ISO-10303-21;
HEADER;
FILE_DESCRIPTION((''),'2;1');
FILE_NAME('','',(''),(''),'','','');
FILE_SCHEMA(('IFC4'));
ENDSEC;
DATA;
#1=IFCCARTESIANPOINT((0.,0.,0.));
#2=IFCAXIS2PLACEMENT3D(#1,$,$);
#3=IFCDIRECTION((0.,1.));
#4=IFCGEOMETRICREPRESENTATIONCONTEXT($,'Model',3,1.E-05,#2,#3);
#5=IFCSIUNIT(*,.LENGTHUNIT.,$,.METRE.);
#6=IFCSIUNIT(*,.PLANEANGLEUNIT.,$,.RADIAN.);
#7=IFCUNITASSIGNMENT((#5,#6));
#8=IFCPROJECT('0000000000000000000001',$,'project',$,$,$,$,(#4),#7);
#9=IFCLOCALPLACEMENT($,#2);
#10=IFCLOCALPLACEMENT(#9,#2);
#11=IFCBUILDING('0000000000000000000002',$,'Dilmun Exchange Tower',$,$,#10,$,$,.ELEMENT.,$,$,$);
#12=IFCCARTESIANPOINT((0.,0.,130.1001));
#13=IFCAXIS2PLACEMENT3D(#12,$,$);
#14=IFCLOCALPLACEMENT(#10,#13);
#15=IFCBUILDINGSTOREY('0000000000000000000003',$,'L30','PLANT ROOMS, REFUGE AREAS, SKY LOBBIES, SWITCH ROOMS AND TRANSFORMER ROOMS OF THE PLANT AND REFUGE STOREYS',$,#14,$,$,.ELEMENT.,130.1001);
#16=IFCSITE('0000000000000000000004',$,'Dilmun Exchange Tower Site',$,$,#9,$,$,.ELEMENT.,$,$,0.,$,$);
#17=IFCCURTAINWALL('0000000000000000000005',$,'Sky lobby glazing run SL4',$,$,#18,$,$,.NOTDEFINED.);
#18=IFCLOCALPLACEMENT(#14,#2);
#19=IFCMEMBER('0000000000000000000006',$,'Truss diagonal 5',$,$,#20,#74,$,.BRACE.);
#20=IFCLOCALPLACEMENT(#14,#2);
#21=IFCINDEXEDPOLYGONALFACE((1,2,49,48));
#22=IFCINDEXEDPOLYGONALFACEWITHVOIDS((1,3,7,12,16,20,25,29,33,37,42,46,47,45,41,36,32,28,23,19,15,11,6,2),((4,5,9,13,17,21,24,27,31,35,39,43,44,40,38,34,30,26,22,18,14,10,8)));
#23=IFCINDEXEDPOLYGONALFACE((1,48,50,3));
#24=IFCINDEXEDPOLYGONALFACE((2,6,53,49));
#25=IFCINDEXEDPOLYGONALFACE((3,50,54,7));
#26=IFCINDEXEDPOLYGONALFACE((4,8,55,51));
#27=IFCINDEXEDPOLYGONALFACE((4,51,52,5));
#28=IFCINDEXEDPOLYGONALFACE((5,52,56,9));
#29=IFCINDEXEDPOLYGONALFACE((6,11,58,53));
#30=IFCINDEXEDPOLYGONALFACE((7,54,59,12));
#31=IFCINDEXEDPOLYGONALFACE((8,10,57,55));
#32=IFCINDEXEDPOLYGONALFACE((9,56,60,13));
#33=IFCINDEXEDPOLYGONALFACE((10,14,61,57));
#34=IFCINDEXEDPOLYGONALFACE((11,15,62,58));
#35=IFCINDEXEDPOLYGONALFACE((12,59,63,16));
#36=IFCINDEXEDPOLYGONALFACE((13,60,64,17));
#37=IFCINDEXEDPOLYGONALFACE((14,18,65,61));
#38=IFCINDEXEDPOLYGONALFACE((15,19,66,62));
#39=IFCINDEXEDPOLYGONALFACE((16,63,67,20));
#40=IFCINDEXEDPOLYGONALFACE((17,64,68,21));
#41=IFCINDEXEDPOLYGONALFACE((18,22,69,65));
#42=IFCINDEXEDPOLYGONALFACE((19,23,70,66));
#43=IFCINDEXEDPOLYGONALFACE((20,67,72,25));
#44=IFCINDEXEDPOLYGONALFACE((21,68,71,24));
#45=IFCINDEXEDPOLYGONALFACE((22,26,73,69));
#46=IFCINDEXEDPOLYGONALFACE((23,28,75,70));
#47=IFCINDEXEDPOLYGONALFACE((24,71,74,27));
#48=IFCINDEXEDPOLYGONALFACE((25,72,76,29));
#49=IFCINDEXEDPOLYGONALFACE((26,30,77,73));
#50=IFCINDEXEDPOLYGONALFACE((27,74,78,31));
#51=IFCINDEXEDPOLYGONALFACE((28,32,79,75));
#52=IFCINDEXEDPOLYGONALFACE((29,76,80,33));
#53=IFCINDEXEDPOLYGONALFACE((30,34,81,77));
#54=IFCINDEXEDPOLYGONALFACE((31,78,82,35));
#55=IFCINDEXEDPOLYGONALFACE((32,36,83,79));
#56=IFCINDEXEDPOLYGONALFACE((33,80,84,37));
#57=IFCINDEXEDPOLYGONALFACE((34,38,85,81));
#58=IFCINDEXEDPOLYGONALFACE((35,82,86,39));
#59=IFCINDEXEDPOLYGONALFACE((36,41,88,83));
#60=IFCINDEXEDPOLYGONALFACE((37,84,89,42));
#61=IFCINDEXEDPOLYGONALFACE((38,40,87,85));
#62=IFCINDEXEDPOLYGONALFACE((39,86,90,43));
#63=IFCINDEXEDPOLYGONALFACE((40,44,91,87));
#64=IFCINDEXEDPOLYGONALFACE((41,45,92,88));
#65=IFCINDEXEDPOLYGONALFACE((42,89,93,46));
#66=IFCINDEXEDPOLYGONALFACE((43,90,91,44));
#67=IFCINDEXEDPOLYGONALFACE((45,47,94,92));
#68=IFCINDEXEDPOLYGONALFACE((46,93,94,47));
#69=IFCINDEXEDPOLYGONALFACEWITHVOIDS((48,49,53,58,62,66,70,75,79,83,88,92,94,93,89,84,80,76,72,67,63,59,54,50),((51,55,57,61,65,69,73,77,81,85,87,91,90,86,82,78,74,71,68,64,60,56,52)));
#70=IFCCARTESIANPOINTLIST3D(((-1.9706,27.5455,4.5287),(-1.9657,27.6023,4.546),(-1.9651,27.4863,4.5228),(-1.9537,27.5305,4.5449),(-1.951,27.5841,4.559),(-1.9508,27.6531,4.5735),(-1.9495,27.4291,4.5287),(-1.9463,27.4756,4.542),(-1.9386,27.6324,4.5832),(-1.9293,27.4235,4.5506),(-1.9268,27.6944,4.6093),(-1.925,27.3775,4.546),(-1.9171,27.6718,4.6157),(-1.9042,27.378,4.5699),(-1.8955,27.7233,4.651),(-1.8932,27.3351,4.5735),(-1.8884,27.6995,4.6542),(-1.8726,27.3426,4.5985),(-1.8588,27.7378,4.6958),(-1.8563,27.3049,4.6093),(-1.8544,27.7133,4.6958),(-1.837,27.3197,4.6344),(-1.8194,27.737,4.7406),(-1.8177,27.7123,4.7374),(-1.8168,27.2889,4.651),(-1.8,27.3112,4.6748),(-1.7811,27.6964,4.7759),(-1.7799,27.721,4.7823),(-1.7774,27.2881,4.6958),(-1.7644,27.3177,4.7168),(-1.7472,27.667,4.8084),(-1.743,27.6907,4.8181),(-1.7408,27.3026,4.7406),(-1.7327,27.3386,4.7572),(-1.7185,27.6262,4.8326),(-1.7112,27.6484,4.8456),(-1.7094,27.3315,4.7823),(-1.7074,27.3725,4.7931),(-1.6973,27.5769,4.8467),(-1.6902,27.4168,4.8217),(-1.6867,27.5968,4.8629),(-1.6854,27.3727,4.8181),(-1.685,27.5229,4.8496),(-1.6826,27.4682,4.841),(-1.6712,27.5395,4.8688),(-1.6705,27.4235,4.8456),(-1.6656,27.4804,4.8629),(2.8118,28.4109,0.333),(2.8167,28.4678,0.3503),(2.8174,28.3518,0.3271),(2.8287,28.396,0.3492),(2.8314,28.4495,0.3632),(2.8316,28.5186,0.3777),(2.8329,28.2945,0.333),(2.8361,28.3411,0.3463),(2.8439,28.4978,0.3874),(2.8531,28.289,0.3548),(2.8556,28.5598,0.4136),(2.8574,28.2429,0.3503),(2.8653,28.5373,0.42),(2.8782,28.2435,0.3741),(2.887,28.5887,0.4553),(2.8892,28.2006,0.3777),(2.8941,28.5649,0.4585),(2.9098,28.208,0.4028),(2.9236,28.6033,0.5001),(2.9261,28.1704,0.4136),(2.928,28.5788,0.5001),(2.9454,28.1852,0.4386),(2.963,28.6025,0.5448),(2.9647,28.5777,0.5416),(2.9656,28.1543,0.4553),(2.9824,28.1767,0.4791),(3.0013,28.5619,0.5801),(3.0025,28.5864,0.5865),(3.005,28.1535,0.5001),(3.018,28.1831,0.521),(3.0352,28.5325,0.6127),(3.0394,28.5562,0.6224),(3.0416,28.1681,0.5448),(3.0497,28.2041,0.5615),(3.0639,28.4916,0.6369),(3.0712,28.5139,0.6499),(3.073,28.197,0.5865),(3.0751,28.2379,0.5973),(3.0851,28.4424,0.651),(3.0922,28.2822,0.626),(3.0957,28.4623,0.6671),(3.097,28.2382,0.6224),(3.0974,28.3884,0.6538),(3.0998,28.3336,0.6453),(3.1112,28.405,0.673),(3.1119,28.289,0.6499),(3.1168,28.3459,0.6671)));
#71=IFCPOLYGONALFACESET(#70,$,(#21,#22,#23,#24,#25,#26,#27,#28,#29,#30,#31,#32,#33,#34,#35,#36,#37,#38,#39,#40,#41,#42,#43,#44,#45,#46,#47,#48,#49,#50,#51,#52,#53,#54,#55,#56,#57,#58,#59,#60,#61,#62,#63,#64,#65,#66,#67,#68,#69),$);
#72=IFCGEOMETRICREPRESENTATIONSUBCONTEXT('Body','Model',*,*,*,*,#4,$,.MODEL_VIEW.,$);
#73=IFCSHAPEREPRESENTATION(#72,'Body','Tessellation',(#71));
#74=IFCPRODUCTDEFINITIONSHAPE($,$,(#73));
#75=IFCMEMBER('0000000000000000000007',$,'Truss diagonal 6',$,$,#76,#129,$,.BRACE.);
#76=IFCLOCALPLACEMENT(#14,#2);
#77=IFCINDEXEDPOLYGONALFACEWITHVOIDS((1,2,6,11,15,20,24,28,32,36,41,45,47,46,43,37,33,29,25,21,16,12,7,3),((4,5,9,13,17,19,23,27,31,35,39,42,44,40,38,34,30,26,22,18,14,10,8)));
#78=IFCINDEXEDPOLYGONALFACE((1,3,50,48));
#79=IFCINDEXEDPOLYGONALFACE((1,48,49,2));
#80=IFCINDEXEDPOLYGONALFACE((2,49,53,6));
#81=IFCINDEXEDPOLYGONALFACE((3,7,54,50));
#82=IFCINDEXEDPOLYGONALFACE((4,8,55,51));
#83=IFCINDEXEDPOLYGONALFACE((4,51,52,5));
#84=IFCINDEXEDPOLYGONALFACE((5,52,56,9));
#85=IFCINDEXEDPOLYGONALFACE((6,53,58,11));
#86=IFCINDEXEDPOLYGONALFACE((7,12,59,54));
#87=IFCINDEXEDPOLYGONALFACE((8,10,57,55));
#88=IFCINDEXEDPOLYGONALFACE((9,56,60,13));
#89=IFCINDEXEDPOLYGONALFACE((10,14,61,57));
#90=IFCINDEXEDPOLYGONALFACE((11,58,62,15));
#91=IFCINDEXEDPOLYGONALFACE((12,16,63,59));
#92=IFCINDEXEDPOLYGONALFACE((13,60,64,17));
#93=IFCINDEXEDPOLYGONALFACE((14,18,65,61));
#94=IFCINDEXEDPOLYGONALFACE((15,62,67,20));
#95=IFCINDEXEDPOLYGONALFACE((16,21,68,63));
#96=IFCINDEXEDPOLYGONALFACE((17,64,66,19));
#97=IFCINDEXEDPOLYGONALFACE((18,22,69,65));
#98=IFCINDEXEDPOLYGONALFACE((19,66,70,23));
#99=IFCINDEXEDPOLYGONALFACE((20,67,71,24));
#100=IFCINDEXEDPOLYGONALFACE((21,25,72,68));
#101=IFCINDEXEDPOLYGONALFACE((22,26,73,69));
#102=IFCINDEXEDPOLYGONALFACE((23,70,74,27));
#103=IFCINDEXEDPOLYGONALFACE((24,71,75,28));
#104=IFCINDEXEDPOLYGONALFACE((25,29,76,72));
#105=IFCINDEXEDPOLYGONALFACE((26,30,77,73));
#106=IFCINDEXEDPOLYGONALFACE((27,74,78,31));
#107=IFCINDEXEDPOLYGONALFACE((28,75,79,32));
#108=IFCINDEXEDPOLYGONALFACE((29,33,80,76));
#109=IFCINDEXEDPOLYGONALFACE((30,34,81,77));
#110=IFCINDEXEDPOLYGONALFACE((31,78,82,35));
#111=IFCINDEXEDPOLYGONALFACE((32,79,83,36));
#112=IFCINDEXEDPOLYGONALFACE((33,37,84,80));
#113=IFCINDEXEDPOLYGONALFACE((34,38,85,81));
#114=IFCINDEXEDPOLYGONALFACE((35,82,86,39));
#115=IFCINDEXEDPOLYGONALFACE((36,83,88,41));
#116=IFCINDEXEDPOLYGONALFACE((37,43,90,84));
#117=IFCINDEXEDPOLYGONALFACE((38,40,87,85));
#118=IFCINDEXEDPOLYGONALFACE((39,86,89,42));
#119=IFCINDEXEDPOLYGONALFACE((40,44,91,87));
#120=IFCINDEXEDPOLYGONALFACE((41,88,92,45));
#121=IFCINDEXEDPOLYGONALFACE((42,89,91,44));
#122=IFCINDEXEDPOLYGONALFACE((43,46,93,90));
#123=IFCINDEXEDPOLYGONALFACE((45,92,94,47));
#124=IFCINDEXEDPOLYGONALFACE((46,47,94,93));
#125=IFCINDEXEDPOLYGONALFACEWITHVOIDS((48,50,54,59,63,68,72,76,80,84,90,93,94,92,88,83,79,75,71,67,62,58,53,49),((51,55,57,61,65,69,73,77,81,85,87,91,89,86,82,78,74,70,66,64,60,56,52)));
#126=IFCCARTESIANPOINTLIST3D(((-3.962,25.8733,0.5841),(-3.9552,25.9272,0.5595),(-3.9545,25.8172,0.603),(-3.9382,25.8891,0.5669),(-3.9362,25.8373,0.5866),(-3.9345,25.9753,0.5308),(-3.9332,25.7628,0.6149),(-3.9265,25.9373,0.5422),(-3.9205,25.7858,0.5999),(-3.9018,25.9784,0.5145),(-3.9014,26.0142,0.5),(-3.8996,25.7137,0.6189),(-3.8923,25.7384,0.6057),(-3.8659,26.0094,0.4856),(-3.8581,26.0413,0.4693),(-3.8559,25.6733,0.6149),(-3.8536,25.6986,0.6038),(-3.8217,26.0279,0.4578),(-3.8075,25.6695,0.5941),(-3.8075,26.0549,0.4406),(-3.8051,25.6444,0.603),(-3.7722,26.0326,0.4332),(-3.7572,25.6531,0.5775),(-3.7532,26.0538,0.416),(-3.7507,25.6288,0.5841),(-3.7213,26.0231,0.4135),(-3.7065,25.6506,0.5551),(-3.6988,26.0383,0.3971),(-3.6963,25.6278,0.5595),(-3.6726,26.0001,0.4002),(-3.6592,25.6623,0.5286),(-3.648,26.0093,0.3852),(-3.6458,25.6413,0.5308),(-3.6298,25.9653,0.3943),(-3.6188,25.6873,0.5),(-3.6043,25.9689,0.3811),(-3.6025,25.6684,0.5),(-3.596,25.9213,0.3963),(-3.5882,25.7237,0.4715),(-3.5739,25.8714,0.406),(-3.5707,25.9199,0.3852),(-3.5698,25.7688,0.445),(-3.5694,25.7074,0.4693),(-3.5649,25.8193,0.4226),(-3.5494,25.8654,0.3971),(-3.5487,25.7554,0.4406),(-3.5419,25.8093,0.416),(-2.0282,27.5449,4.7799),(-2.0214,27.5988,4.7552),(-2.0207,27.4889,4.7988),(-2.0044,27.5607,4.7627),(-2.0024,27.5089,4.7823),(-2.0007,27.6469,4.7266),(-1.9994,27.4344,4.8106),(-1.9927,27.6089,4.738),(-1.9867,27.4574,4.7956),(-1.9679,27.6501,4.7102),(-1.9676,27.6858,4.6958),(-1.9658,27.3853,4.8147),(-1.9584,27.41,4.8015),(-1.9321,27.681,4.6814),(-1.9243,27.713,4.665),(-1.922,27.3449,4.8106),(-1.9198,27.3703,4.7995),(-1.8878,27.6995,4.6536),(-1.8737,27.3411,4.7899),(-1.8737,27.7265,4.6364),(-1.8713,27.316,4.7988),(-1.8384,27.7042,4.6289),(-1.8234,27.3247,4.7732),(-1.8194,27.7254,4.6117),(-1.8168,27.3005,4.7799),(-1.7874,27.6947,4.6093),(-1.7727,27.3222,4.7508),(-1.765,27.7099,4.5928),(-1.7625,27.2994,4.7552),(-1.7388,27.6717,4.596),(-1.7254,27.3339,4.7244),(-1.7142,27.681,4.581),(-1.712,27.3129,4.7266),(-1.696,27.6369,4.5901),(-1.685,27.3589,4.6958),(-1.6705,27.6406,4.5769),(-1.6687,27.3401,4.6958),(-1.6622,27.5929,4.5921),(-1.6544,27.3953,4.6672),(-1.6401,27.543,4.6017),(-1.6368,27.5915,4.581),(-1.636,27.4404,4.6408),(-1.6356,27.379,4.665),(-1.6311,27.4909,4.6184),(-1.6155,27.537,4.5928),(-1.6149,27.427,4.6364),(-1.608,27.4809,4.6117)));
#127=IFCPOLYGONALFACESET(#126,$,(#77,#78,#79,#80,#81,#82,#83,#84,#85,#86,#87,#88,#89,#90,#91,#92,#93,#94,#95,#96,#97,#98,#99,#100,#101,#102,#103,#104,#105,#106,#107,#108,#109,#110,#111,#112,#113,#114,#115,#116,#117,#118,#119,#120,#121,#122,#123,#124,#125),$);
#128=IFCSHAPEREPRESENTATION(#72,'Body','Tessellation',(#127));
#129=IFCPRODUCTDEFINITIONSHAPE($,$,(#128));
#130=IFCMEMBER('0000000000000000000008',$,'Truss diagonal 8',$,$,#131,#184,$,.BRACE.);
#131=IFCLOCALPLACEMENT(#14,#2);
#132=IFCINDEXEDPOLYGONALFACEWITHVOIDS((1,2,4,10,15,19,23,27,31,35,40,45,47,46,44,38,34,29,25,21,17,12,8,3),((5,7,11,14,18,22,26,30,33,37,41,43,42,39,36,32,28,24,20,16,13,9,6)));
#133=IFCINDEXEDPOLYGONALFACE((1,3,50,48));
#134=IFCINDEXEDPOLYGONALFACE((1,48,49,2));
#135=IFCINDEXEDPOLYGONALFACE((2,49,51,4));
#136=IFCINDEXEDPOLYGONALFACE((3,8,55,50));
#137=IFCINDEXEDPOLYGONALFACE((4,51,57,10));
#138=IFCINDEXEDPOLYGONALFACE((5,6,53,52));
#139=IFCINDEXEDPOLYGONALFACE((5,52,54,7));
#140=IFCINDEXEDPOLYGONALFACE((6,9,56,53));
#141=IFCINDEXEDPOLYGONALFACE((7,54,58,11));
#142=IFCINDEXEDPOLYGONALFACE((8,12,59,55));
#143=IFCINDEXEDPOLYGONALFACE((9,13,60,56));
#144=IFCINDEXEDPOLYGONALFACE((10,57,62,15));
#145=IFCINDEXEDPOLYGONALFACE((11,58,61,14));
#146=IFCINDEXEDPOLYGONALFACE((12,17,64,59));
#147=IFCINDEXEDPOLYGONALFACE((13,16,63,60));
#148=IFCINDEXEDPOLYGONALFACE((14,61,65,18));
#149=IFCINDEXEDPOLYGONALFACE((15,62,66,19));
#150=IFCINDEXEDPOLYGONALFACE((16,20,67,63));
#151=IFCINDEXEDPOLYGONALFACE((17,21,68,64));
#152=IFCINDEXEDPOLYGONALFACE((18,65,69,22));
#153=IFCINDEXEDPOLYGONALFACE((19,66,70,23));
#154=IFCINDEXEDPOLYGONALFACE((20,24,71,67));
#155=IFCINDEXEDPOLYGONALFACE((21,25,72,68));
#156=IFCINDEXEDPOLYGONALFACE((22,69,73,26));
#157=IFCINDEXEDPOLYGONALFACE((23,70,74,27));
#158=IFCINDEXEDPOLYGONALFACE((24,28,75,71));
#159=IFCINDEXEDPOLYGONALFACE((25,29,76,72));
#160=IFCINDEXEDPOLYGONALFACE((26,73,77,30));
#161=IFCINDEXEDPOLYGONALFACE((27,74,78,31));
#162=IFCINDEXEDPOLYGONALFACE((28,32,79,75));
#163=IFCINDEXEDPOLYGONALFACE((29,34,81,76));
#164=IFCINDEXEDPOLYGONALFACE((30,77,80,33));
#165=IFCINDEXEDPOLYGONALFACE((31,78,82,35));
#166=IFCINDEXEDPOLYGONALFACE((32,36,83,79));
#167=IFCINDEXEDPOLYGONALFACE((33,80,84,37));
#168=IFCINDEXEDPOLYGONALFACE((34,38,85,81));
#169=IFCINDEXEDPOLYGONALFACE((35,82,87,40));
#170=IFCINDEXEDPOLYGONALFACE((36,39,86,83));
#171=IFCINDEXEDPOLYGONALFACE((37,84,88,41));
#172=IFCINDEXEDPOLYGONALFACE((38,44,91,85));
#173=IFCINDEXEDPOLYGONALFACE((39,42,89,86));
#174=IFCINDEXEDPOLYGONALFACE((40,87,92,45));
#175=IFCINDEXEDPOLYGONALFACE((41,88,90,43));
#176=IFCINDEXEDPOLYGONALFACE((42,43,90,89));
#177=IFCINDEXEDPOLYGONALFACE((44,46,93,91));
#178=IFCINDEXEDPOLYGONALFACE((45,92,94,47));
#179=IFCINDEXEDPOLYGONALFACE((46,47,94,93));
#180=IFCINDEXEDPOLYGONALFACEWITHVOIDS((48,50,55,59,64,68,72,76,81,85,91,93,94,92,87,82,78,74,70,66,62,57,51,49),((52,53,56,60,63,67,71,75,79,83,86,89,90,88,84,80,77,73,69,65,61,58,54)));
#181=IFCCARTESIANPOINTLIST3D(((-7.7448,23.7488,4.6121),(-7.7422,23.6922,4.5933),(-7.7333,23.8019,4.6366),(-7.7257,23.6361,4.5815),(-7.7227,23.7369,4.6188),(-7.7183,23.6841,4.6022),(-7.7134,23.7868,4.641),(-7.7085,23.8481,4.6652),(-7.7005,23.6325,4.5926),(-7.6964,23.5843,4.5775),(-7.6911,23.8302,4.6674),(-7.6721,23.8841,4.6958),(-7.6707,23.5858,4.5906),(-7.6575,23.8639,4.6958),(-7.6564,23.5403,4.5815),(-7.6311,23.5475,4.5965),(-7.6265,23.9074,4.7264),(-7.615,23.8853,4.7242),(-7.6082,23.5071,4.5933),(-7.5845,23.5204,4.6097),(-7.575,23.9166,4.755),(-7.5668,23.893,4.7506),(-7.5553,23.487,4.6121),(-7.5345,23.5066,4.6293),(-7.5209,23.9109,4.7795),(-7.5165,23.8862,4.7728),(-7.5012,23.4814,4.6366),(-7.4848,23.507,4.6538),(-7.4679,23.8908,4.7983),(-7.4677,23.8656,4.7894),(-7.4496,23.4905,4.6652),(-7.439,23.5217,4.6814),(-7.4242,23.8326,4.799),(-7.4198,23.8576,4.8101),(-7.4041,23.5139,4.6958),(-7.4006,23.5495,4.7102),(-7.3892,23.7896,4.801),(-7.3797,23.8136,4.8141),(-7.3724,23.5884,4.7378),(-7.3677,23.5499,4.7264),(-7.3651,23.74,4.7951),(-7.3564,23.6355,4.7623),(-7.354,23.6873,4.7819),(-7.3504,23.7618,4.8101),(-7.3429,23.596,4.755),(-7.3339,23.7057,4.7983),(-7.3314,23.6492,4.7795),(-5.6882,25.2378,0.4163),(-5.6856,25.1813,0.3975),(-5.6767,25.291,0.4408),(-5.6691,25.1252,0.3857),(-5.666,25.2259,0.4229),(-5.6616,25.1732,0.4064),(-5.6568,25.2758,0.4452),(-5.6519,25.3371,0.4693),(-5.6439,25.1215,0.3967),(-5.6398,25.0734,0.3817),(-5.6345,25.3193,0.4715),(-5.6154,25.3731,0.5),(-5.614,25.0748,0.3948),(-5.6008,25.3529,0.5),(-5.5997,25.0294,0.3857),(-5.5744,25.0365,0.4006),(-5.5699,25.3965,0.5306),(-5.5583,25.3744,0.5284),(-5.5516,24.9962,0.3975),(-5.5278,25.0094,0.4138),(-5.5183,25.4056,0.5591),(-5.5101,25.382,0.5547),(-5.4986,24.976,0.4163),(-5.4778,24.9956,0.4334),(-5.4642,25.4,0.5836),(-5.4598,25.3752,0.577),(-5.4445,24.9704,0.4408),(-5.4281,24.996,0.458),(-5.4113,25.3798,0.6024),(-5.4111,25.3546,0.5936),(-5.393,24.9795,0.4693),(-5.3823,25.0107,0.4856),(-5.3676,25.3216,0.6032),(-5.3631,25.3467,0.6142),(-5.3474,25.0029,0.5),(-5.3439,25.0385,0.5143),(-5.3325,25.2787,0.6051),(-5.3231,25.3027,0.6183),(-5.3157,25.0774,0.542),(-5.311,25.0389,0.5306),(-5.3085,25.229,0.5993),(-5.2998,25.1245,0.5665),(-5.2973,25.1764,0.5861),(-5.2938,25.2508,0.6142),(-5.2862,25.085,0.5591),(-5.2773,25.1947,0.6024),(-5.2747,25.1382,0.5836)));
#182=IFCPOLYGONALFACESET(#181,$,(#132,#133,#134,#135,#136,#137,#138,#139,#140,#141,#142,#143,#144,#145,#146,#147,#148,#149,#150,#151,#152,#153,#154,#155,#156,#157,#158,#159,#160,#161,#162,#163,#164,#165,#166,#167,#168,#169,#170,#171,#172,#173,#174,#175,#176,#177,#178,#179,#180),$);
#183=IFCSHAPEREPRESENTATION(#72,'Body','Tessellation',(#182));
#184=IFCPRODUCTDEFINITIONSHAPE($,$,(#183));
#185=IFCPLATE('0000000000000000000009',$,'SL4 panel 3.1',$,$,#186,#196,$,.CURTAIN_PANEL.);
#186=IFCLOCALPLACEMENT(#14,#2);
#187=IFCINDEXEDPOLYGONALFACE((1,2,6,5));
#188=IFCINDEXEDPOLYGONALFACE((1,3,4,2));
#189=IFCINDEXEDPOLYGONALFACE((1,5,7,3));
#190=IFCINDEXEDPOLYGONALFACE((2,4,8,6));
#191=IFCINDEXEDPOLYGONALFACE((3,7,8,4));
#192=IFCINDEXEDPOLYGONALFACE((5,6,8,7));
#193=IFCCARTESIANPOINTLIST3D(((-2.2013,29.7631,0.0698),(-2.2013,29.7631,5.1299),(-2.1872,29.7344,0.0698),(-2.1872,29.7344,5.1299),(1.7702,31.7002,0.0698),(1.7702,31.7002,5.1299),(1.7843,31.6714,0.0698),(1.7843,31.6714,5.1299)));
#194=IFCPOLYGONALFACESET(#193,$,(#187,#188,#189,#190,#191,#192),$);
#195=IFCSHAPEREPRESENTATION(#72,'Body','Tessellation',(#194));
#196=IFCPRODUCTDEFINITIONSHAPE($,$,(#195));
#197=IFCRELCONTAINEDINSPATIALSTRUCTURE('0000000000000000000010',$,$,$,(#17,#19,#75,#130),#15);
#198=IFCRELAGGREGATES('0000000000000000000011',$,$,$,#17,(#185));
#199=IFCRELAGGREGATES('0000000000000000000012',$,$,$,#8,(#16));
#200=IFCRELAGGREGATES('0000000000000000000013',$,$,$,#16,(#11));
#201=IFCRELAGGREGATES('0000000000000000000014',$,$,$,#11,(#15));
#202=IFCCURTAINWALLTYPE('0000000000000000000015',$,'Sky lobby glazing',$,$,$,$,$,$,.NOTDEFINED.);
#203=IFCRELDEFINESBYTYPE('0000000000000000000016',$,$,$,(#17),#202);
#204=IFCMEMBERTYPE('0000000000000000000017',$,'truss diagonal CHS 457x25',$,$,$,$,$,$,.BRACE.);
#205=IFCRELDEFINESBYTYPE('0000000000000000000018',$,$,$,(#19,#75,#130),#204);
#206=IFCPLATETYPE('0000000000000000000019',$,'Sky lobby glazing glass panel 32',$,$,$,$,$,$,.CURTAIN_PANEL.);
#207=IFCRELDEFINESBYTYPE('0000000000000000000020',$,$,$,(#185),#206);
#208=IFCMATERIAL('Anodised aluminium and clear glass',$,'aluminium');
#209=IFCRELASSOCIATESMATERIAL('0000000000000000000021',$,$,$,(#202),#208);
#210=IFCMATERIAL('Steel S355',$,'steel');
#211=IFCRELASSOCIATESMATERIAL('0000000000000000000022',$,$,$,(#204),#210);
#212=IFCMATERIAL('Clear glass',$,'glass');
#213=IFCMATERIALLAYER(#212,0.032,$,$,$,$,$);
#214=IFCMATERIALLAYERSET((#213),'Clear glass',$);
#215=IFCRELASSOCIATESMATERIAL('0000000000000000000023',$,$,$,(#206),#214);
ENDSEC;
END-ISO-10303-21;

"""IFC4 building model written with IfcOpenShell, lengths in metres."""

from ifc_helpers import new_model, si_unit, direction, frame, origin, origin_2d, place, context, subcontext, project, spatial, rectangle, hollow_circle, extrude, material, layer, layer_set, material_profile, profile_set, type_object, element, aggregate, save


model = new_model("IFC4")

# Units and contexts
model_context = context("Model", 3, precision=1e-05, world=origin(), true_north=direction((0.0, 1.0)))
body_context = subcontext(model_context, "Body", "Model", "MODEL_VIEW")
ifc_project = project(units=[si_unit("LENGTHUNIT", "METRE"), si_unit("PLANEANGLEUNIT", "RADIAN")], contexts=[model_context])

# Site, building, storey
site_placement = place(None, origin())
site = spatial("IfcSite", under=ifc_project, at=site_placement, Name="Dilmun Exchange Tower Site", CompositionType="ELEMENT", RefElevation=0.0)
building_placement = place(site_placement, origin())
building = spatial("IfcBuilding", under=site, at=building_placement, Name="Dilmun Exchange Tower", CompositionType="ELEMENT")
storey_placement = place(building_placement, frame((0.0, 0.0, 130.1001)))
storey = spatial("IfcBuildingStorey", under=building, at=storey_placement, Name="L30", Description="PLANT ROOMS, REFUGE AREAS, SKY LOBBIES, SWITCH ROOMS AND TRANSFORMER ROOMS OF THE PLANT AND REFUGE STOREYS", CompositionType="ELEMENT", Elevation=130.1001)

# Curtain wall
ifc_material_1 = material(Name="Anodised aluminium and clear glass", Category="aluminium")
curtain_wall_type = type_object("IfcCurtainWallType", Name="Sky lobby glazing", PredefinedType="NOTDEFINED", material=ifc_material_1)
curtain_wall_placement = place(storey_placement, origin())
curtain_wall = element("IfcCurtainWall", 1, at=curtain_wall_placement, inside=storey, type_object=curtain_wall_type, Name="Sky lobby glazing run SL4", PredefinedType="NOTDEFINED")

# Shared definitions
ifc_material_2 = material(Name="Steel S355", Category="steel")

# Members
ifc_material_profile_1 = material_profile(ifc_material_2, hollow_circle(Radius=0.2285, WallThickness=0.0249, at=origin_2d()), Name="CHS 457x25")
ifc_profile_set_1 = profile_set([ifc_material_profile_1], Name="Steel S355")
member_type_1 = type_object("IfcMemberType", Name="truss diagonal CHS 457x25", PredefinedType="BRACE", material=ifc_profile_set_1)
member_1_placement = place(storey_placement, frame((-1.8181, 27.5129, 4.6958), z_axis=(0.744848, 0.134794, -0.653477), x_axis=(-0.178076, 0.984017, 0.0)))
element("IfcMember", 2, at=member_1_placement, inside=storey, type_object=member_type_1, Name="Truss diagonal 5", PredefinedType="BRACE", context=body_context, shape_type="SweptSolid", body=[
    extrude(hollow_circle(Radius=0.2285, WallThickness=0.0249, at=origin_2d()), origin(), (0.0, 0.0, 1.0), 6.4207),
])
member_2_placement = place(storey_placement, frame((-1.8181, 27.5129, 4.6958), z_axis=(-0.393606, -0.340238, -0.853998), x_axis=(0.653956, -0.756533, 0.0)))
element("IfcMember", 3, at=member_2_placement, inside=storey, type_object=member_type_1, Name="Truss diagonal 6", PredefinedType="BRACE", context=body_context, shape_type="SweptSolid", body=[
    extrude(hollow_circle(Radius=0.2285, WallThickness=0.0249, at=origin_2d()), origin(), (0.0, 0.0, 1.0), 4.9131),
])
member_3_placement = place(storey_placement, frame((-7.5381, 23.699, 4.6958), z_axis=(0.419359, 0.303617, -0.855544), x_axis=(-0.586438, 0.809994, 0.0)))
element("IfcMember", 4, at=member_3_placement, inside=storey, type_object=member_type_1, Name="Truss diagonal 8", PredefinedType="BRACE", context=body_context, shape_type="SweptSolid", body=[
    extrude(hollow_circle(Radius=0.2285, WallThickness=0.0249, at=origin_2d()), origin(), (0.0, 0.0, 1.0), 4.9043),
])

# Plate
ifc_material_3 = material(Name="Clear glass", Category="glass")
ifc_layer_1 = layer(ifc_material_3, 0.032)
ifc_layer_set_1 = layer_set([ifc_layer_1], Name="Clear glass")
plate_type = type_object("IfcPlateType", Name="Sky lobby glazing glass panel 32", PredefinedType="CURTAIN_PANEL", material=ifc_layer_set_1)
plate_1_placement = place(storey_placement, frame((-0.2085, 30.7173, 0.0698), z_axis=(0.0, 0.0, 1.0), x_axis=(-0.898794, -0.438371, 0.0)))
plate_1 = element("IfcPlate", 5, at=plate_1_placement, type_object=plate_type, Name="SL4 panel 3.1", PredefinedType="CURTAIN_PANEL", context=body_context, shape_type="SweptSolid", body=[
    extrude(rectangle(XDim=4.4187, YDim=0.032, at=origin_2d()), origin(), (0.0, 0.0, 1.0), 5.0601),
])
aggregate(curtain_wall, [plate_1])

save(model, "model.ifc")
